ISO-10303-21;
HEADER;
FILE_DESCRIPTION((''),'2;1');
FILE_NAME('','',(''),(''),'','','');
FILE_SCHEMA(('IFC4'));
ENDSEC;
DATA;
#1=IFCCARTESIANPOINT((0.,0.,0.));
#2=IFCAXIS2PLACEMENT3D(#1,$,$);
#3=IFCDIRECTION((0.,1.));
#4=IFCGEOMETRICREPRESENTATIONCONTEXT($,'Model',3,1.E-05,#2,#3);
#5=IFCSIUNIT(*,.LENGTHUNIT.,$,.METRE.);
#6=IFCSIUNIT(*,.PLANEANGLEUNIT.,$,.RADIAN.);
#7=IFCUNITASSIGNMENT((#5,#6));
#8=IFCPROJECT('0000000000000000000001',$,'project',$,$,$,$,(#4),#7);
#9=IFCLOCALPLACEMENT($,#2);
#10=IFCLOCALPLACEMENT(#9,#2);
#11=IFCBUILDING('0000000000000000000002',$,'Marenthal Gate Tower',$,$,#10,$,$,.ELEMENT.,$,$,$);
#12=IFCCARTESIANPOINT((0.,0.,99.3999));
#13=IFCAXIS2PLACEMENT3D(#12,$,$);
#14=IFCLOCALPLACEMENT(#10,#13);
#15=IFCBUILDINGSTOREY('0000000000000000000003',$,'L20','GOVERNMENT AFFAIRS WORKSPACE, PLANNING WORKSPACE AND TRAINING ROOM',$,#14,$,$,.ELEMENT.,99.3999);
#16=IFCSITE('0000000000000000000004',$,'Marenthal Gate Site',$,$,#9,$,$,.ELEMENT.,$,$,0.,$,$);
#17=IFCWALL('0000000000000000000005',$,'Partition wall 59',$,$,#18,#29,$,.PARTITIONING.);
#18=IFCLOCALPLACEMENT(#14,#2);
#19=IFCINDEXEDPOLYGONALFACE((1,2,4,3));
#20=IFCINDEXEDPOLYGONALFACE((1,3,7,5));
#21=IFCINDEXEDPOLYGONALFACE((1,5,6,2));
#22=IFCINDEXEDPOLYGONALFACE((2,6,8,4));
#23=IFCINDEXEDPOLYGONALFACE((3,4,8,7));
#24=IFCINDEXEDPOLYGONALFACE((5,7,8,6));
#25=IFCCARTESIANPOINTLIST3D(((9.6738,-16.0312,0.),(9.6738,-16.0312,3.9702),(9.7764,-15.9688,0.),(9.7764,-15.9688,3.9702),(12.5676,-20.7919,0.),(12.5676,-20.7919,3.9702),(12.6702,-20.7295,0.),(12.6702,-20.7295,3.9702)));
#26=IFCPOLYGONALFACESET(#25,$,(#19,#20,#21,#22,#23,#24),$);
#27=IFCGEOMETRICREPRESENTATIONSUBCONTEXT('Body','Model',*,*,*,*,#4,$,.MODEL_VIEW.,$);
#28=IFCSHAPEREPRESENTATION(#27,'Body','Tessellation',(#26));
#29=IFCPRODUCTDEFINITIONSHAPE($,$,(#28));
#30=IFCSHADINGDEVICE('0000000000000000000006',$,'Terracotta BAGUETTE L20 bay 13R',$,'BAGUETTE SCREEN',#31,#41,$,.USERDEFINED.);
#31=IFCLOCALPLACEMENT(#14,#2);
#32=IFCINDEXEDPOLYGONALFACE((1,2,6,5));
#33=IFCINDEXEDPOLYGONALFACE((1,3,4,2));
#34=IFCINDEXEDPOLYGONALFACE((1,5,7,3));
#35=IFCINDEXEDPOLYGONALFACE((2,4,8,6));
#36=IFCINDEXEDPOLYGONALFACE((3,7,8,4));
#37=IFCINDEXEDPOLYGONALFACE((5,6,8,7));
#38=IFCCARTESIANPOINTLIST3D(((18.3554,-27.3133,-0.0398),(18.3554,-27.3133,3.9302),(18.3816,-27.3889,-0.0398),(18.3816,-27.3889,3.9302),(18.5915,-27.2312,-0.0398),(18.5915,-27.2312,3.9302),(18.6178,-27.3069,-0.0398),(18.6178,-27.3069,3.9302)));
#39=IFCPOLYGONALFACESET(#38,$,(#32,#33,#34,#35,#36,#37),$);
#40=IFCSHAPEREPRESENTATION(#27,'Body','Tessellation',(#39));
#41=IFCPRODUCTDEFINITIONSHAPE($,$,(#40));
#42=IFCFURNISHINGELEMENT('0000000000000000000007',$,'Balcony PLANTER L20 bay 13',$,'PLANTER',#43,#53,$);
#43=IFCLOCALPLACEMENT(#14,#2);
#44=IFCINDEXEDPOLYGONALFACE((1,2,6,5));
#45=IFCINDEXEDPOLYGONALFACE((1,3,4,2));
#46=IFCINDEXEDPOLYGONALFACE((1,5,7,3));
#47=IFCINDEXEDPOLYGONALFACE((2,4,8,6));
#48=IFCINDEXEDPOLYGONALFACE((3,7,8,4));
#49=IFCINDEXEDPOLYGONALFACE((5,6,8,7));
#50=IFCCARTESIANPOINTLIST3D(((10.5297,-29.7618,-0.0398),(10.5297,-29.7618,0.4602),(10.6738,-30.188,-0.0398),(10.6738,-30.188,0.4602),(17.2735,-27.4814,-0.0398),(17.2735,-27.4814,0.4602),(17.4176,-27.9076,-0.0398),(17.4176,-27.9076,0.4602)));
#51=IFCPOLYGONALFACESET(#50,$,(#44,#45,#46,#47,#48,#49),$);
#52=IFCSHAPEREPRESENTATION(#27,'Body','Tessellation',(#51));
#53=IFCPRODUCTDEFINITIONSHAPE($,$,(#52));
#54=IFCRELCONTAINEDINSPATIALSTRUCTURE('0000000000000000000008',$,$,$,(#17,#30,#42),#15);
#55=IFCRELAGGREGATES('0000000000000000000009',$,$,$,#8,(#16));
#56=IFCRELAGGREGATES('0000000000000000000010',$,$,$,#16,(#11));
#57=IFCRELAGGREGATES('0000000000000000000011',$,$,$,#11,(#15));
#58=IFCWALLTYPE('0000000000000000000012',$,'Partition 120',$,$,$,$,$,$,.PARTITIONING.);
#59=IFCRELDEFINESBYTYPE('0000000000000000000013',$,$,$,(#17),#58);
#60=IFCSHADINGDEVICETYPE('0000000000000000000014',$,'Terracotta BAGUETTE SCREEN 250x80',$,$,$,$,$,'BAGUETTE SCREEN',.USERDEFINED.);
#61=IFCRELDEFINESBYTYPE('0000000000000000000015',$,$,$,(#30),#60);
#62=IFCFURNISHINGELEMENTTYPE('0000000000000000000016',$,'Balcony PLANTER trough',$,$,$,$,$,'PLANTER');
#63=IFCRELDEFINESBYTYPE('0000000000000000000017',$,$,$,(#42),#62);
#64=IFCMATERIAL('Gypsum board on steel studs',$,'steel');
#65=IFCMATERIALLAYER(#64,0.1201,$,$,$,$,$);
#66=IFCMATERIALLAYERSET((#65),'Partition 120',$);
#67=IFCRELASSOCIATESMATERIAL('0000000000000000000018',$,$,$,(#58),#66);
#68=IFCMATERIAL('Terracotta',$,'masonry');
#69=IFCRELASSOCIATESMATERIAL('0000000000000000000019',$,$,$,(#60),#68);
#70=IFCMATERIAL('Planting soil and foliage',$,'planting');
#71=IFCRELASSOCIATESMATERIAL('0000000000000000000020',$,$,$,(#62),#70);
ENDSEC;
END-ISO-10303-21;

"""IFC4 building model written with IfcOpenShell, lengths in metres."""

from ifc_helpers import new_model, si_unit, direction, frame, frame_2d, origin, origin_2d, place, context, subcontext, project, spatial, rectangle, extrude, material, layer, layer_set, material_profile, profile_set, type_object, element, save


model = new_model("IFC4")

# Units and contexts
model_context = context("Model", 3, precision=1e-05, world=origin(), true_north=direction((0.0, 1.0)))
body_context = subcontext(model_context, "Body", "Model", "MODEL_VIEW")
ifc_project = project(units=[si_unit("LENGTHUNIT", "METRE"), si_unit("PLANEANGLEUNIT", "RADIAN")], contexts=[model_context])

# Site, building, storey
site_placement = place(None, origin())
site = spatial("IfcSite", under=ifc_project, at=site_placement, Name="Marenthal Gate Site", CompositionType="ELEMENT", RefElevation=0.0)
building_placement = place(site_placement, origin())
building = spatial("IfcBuilding", under=site, at=building_placement, Name="Marenthal Gate Tower", CompositionType="ELEMENT")
storey_placement = place(building_placement, frame((0.0, 0.0, 99.3999)))
storey = spatial("IfcBuildingStorey", under=building, at=storey_placement, Name="L20", Description="GOVERNMENT AFFAIRS WORKSPACE, PLANNING WORKSPACE AND TRAINING ROOM", CompositionType="ELEMENT", Elevation=99.3999)

# Wall
ifc_material_1 = material(Name="Gypsum board on steel studs", Category="steel")
ifc_layer_1 = layer(ifc_material_1, 0.1201)
ifc_layer_set_1 = layer_set([ifc_layer_1], Name="Partition 120")
wall_type_1 = type_object("IfcWallType", Name="Partition 120", PredefinedType="PARTITIONING", material=ifc_layer_set_1)
wall_1_placement = place(storey_placement, frame((12.6189, -20.7607, 0.0), z_axis=(0.0, 0.0, 1.0), x_axis=(-0.519417, 0.854521, 0.0)))
element("IfcWall", 1, at=wall_1_placement, inside=storey, type_object=wall_type_1, Name="Partition wall 59", PredefinedType="PARTITIONING", context=body_context, shape_type="SweptSolid", body=[
    extrude(rectangle(XDim=5.5713, YDim=0.1201, at=frame_2d((2.7856, 0.0))), origin(), (0.0, 0.0, 1.0), 3.9702),
])

# Shading device
ifc_material_2 = material(Name="Terracotta", Category="masonry")
ifc_material_profile_1 = material_profile(ifc_material_2, rectangle(XDim=0.25, YDim=0.0801, at=origin_2d()), Name="Terracotta baguette 250x80")
ifc_profile_set_1 = profile_set([ifc_material_profile_1], Name="Terracotta")
shading_device_type = type_object("IfcShadingDeviceType", Name="Terracotta BAGUETTE SCREEN 250x80", ElementType="BAGUETTE SCREEN", PredefinedType="USERDEFINED", material=ifc_profile_set_1)
shading_device_placement = place(storey_placement, frame((18.4866, -27.3101, -0.0398), z_axis=(0.0, 0.0, 1.0), x_axis=(0.944614, 0.328183, 0.0)))
element("IfcShadingDevice", 2, at=shading_device_placement, inside=storey, type_object=shading_device_type, Name="Terracotta BAGUETTE L20 bay 13R", ObjectType="BAGUETTE SCREEN", PredefinedType="USERDEFINED", context=body_context, shape_type="SweptSolid", body=[
    extrude(rectangle(XDim=0.25, YDim=0.0801, at=origin_2d()), origin(), (0.0, 0.0, 1.0), 3.97),
])

# Furnishing element
ifc_material_3 = material(Name="Planting soil and foliage", Category="planting")
furnishing_element_type = type_object("IfcFurnishingElementType", Name="Balcony PLANTER trough", ElementType="PLANTER", material=ifc_material_3)
furnishing_placement = place(storey_placement, frame((13.9736, -28.8347, -0.0398), z_axis=(0.0, 0.0, 1.0), x_axis=(0.947307, 0.320328, 0.0)))
element("IfcFurnishingElement", 3, at=furnishing_placement, inside=storey, type_object=furnishing_element_type, Name="Balcony PLANTER L20 bay 13", ObjectType="PLANTER", context=body_context, shape_type="SweptSolid", body=[
    extrude(rectangle(XDim=7.1189, YDim=0.45, at=origin_2d()), origin(), (0.0, 0.0, 1.0), 0.5),
])

save(model, "model.ifc")
